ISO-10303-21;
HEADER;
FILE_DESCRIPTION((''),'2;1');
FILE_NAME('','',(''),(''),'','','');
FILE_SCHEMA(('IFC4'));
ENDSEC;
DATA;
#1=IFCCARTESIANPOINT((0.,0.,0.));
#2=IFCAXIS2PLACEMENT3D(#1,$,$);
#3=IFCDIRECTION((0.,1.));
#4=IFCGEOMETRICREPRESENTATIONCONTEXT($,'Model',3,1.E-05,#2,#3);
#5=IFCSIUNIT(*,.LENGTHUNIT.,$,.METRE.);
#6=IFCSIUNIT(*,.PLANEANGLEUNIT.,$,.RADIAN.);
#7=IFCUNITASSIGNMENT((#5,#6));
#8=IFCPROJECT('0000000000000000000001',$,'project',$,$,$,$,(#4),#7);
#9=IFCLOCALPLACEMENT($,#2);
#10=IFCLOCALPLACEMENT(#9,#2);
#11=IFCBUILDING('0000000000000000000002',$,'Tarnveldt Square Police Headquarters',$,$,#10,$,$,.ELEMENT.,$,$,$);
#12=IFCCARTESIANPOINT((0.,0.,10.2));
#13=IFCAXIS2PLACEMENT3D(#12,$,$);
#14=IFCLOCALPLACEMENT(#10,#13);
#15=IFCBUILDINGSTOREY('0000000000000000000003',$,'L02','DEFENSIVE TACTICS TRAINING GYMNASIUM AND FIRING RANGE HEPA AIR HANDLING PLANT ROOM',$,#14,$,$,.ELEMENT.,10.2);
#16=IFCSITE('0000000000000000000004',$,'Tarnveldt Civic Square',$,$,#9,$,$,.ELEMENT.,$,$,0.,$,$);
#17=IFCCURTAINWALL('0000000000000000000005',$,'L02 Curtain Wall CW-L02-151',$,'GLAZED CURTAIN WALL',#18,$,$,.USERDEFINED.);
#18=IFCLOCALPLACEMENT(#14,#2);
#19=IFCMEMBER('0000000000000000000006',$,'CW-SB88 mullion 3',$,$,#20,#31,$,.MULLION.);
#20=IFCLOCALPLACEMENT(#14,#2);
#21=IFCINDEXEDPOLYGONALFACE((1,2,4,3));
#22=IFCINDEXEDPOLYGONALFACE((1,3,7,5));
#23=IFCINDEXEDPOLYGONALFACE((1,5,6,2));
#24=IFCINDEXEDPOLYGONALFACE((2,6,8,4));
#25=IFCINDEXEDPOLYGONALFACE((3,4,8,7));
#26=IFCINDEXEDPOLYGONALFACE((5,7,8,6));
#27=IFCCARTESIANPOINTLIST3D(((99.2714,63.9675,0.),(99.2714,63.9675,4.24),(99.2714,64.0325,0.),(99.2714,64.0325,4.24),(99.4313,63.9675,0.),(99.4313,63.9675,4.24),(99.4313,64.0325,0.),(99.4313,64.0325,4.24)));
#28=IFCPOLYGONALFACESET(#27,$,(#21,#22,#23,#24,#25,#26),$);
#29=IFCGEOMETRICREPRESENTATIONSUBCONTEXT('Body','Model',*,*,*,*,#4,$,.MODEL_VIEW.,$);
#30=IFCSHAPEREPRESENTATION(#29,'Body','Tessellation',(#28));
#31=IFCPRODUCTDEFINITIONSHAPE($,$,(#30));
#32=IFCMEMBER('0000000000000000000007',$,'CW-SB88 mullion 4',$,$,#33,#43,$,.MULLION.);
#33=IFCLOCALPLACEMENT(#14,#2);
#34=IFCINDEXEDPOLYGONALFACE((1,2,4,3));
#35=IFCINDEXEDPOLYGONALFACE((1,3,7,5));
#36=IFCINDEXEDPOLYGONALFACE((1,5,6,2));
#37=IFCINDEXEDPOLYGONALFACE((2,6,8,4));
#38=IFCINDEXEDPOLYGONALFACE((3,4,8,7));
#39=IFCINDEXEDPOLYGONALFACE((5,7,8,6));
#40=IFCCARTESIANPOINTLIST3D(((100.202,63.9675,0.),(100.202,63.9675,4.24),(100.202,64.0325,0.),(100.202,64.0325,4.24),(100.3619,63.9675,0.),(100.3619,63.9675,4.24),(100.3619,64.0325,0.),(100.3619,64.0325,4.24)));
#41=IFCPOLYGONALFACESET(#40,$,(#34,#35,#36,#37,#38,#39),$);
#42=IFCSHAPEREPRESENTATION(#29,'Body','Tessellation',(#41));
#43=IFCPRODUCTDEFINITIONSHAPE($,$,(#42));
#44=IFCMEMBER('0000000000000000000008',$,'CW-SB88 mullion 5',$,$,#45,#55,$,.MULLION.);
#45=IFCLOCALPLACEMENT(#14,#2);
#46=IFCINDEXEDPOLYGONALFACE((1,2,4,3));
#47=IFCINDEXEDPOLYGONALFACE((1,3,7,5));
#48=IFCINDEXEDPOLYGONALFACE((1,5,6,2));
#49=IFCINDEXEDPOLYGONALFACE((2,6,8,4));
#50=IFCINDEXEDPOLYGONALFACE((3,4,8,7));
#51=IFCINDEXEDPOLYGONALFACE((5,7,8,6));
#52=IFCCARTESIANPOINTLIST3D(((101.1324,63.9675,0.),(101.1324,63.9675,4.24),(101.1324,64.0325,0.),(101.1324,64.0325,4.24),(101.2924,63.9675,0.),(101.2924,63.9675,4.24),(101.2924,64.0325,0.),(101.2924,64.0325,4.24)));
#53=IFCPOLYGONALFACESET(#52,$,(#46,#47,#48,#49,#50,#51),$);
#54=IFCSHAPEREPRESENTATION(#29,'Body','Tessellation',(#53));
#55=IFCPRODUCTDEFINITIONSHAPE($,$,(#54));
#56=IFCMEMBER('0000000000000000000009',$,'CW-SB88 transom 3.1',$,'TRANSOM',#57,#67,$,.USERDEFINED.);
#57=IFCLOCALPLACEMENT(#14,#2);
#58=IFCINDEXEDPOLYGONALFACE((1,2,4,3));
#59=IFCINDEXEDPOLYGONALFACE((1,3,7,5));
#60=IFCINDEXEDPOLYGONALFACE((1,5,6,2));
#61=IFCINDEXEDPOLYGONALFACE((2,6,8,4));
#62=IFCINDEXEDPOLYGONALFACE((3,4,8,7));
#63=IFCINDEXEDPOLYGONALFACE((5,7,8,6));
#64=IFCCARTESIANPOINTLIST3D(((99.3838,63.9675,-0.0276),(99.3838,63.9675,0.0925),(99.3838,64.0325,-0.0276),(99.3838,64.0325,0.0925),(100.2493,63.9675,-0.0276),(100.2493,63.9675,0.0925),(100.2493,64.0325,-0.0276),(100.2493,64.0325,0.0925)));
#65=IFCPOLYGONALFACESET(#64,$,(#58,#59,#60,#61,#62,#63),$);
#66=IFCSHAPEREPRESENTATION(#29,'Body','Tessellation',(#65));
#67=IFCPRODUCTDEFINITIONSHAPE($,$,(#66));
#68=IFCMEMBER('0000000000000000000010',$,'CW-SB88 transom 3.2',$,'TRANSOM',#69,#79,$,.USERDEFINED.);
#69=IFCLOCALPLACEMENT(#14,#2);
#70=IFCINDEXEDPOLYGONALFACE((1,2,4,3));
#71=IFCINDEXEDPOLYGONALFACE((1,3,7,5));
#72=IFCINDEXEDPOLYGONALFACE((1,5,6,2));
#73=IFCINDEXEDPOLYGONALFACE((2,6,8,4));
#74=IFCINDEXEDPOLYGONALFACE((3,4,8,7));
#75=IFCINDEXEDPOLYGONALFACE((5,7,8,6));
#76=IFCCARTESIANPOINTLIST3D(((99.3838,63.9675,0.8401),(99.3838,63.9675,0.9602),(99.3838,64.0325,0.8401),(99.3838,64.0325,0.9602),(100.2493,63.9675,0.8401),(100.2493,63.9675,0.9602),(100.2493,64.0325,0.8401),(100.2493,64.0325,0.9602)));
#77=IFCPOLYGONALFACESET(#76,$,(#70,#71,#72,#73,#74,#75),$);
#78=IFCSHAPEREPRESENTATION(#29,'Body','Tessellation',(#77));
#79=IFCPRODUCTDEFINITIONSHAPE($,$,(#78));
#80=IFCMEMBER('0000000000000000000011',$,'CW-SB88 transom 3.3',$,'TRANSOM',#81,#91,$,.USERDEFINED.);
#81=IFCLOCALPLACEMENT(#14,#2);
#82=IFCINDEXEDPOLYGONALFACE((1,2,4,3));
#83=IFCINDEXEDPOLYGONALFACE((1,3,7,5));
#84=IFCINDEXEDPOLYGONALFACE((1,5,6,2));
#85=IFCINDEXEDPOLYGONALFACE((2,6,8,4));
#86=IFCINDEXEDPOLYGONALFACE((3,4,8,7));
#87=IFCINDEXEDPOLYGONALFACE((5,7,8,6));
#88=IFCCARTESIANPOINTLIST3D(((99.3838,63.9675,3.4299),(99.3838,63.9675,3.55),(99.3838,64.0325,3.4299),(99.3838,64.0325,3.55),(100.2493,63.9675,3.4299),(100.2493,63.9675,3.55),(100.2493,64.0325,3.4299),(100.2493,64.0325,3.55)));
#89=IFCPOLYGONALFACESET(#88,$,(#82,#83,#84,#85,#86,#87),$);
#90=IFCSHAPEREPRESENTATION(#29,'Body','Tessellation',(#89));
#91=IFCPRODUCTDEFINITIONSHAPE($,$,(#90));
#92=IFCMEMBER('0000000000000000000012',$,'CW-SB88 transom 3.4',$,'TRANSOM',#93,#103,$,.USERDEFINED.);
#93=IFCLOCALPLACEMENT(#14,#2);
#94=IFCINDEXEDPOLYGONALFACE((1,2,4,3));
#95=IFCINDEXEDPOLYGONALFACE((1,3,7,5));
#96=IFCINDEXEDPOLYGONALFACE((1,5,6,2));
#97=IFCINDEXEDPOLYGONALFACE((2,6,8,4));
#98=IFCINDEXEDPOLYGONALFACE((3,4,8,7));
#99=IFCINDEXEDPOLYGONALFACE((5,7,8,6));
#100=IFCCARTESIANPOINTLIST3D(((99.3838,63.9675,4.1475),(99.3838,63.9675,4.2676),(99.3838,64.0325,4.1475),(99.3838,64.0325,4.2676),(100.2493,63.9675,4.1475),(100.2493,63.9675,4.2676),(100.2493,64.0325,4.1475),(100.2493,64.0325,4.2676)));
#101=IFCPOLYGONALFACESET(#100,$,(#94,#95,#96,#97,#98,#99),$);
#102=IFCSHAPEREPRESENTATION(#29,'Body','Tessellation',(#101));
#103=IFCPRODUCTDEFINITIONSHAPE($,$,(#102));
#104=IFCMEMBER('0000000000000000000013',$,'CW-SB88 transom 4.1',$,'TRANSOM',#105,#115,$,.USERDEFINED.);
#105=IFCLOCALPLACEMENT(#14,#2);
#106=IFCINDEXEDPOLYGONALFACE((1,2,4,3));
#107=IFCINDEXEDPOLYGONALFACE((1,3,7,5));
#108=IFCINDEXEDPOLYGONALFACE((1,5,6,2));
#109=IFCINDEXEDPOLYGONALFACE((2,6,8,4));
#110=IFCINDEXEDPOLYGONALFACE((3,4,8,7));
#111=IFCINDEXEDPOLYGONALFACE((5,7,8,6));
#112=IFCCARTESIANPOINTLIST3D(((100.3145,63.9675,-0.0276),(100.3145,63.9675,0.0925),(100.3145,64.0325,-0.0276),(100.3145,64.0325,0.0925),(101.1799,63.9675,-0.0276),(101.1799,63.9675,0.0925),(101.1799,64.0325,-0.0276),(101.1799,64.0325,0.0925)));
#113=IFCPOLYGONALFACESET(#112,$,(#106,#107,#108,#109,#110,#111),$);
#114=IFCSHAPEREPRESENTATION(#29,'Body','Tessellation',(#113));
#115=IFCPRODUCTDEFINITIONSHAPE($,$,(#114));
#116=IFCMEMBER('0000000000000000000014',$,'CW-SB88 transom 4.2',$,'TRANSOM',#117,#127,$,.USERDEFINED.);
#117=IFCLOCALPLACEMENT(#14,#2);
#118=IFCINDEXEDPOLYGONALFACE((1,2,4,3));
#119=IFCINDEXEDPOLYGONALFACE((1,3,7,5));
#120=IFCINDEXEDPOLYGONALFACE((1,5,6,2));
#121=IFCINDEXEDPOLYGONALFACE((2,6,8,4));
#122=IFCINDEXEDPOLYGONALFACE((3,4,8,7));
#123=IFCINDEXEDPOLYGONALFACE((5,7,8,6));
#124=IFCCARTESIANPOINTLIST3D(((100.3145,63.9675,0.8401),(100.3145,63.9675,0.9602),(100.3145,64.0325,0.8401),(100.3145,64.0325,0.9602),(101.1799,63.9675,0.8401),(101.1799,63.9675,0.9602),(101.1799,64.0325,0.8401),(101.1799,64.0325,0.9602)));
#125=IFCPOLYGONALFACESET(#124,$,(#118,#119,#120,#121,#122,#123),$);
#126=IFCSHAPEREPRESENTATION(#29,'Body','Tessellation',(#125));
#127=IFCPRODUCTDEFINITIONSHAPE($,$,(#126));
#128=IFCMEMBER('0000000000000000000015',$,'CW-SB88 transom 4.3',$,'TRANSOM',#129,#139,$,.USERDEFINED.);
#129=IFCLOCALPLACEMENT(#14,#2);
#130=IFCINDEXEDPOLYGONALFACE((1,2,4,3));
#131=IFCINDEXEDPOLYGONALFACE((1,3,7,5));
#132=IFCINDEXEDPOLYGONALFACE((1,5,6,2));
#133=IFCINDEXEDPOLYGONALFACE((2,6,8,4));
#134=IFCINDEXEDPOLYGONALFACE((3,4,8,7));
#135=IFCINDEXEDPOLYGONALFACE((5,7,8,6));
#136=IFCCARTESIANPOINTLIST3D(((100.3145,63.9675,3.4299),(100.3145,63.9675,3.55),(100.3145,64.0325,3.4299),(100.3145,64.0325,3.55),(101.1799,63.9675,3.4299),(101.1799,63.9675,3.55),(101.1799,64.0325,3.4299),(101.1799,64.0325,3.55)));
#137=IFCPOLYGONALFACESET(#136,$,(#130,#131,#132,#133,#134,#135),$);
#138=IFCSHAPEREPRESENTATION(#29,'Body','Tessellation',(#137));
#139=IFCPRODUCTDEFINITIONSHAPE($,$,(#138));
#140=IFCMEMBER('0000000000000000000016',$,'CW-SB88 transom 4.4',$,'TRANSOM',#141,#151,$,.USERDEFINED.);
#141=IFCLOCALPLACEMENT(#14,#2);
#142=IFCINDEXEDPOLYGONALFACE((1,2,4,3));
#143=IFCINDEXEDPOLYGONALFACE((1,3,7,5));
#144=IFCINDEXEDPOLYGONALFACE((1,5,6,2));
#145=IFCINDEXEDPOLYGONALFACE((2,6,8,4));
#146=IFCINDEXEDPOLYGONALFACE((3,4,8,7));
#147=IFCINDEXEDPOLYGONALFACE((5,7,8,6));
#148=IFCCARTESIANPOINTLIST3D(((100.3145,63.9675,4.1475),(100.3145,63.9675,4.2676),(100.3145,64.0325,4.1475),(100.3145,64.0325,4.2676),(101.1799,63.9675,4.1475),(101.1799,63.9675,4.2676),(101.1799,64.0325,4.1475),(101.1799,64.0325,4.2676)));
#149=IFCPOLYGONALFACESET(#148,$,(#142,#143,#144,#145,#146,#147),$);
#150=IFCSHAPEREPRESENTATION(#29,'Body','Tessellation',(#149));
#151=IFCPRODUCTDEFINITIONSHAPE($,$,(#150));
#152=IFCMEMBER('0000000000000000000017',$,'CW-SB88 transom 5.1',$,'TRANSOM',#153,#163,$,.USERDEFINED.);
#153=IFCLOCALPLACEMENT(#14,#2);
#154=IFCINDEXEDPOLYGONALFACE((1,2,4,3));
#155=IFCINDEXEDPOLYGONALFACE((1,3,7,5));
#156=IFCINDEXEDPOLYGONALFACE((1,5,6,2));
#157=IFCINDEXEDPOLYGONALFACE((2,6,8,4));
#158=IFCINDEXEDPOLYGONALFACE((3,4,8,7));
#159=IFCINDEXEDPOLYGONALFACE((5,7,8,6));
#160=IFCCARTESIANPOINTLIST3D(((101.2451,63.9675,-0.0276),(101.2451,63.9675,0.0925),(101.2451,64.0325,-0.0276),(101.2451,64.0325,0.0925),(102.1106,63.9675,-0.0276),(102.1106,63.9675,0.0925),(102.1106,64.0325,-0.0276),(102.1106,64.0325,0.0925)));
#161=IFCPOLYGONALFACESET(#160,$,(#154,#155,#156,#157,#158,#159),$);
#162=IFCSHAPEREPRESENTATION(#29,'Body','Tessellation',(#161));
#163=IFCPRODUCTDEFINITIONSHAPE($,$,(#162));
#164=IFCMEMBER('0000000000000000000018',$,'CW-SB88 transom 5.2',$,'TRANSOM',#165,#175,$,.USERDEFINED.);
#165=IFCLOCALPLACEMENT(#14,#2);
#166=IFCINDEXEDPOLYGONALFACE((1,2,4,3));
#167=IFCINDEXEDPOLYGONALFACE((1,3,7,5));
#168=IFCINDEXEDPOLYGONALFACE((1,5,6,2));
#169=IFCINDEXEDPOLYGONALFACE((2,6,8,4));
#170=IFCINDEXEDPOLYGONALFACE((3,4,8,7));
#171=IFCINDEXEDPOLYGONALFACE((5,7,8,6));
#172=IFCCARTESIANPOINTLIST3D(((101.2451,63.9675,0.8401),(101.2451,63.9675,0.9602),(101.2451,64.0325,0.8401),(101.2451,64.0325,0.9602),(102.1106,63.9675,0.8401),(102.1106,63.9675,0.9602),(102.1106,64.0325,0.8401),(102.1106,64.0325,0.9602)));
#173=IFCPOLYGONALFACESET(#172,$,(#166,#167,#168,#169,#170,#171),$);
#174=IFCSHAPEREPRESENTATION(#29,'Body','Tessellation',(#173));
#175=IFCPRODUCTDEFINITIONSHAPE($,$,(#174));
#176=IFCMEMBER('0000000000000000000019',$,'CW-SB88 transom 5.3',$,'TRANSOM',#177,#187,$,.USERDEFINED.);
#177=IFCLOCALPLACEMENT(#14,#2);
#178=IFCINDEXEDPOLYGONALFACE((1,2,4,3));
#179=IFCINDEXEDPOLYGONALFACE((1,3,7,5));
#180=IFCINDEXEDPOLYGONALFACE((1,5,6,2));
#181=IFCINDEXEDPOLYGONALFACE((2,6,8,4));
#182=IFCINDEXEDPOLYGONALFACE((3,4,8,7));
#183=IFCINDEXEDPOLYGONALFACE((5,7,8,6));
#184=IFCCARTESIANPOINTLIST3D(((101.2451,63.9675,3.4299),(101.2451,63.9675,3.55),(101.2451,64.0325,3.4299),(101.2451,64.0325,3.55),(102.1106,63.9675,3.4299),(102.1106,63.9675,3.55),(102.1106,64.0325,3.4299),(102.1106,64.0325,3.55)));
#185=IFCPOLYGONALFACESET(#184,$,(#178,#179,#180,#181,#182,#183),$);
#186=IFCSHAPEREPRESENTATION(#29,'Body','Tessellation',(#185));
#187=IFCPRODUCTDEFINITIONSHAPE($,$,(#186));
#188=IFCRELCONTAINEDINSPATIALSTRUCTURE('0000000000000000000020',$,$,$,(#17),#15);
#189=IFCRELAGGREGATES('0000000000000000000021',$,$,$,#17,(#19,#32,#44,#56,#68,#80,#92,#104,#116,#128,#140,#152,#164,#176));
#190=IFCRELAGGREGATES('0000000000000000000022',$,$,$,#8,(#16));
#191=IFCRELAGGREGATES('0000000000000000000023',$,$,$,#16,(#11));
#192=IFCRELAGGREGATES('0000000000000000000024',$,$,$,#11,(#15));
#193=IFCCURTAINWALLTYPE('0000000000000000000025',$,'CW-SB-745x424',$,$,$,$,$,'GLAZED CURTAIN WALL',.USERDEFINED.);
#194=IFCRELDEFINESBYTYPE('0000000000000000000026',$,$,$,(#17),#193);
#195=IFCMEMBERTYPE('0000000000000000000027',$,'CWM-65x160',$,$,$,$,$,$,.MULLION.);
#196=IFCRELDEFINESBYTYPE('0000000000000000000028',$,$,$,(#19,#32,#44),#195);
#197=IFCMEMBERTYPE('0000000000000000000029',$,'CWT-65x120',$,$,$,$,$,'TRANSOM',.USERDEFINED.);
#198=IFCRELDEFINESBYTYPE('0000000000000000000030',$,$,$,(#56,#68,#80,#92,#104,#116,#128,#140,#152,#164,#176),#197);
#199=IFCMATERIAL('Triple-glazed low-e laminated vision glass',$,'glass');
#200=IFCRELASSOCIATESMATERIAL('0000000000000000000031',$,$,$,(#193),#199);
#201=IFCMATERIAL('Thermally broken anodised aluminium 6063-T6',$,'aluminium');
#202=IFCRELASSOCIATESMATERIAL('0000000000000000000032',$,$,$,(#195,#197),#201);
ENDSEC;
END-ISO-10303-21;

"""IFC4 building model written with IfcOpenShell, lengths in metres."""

from ifc_helpers import new_model, si_unit, direction, frame, origin, origin_2d, place, context, subcontext, project, spatial, rectangle, extrude, material, material_profile, profile_set, type_object, element, aggregate, save


model = new_model("IFC4")

# Units and contexts
model_context = context("Model", 3, precision=1e-05, world=origin(), true_north=direction((0.0, 1.0)))
body_context = subcontext(model_context, "Body", "Model", "MODEL_VIEW")
ifc_project = project(units=[si_unit("LENGTHUNIT", "METRE"), si_unit("PLANEANGLEUNIT", "RADIAN")], contexts=[model_context])

# Site, building, storey
site_placement = place(None, origin())
site = spatial("IfcSite", under=ifc_project, at=site_placement, Name="Tarnveldt Civic Square", CompositionType="ELEMENT", RefElevation=0.0)
building_placement = place(site_placement, origin())
building = spatial("IfcBuilding", under=site, at=building_placement, Name="Tarnveldt Square Police Headquarters", CompositionType="ELEMENT")
storey_placement = place(building_placement, frame((0.0, 0.0, 10.2)))
storey = spatial("IfcBuildingStorey", under=building, at=storey_placement, Name="L02", Description="DEFENSIVE TACTICS TRAINING GYMNASIUM AND FIRING RANGE HEPA AIR HANDLING PLANT ROOM", CompositionType="ELEMENT", Elevation=10.2)

# Curtain wall, members
ifc_material_1 = material(Name="Triple-glazed low-e laminated vision glass", Category="glass")
curtain_wall_type = type_object("IfcCurtainWallType", Name="CW-SB-745x424", ElementType="GLAZED CURTAIN WALL", PredefinedType="USERDEFINED", material=ifc_material_1)
curtain_wall_placement = place(storey_placement, origin())
curtain_wall = element("IfcCurtainWall", 1, at=curtain_wall_placement, inside=storey, type_object=curtain_wall_type, Name="L02 Curtain Wall CW-L02-151", ObjectType="GLAZED CURTAIN WALL", PredefinedType="USERDEFINED")
ifc_material_2 = material(Name="Thermally broken anodised aluminium 6063-T6", Category="aluminium")
ifc_material_profile_1 = material_profile(ifc_material_2, rectangle(XDim=0.0649, YDim=0.1599, at=origin_2d()), Name="CW-M65x160")
ifc_profile_set_1 = profile_set([ifc_material_profile_1], Name="Thermally broken anodised aluminium 6063-T6")
member_type_1 = type_object("IfcMemberType", Name="CWM-65x160", PredefinedType="MULLION", material=ifc_profile_set_1)
member_1_placement = place(storey_placement, frame((99.3513, 64.0, 0.0), z_axis=(0.0, 0.0, 1.0), x_axis=(0.0, 1.0, 0.0)))
member_1 = element("IfcMember", 2, at=member_1_placement, type_object=member_type_1, Name="CW-SB88 mullion 3", PredefinedType="MULLION", context=body_context, shape_type="SweptSolid", body=[
    extrude(rectangle(XDim=0.0649, YDim=0.1599, at=origin_2d()), origin(), (0.0, 0.0, 1.0), 4.24),
])
member_2_placement = place(storey_placement, frame((100.282, 64.0, 0.0), z_axis=(0.0, 0.0, 1.0), x_axis=(0.0, 1.0, 0.0)))
member_2 = element("IfcMember", 3, at=member_2_placement, type_object=member_type_1, Name="CW-SB88 mullion 4", PredefinedType="MULLION", context=body_context, shape_type="SweptSolid", body=[
    extrude(rectangle(XDim=0.0649, YDim=0.1599, at=origin_2d()), origin(), (0.0, 0.0, 1.0), 4.24),
])
member_3_placement = place(storey_placement, frame((101.2124, 64.0, 0.0), z_axis=(0.0, 0.0, 1.0), x_axis=(0.0, 1.0, 0.0)))
member_3 = element("IfcMember", 4, at=member_3_placement, type_object=member_type_1, Name="CW-SB88 mullion 5", PredefinedType="MULLION", context=body_context, shape_type="SweptSolid", body=[
    extrude(rectangle(XDim=0.0649, YDim=0.1599, at=origin_2d()), origin(), (0.0, 0.0, 1.0), 4.24),
])
ifc_material_profile_2 = material_profile(ifc_material_2, rectangle(XDim=0.0649, YDim=0.1201, at=origin_2d()), Name="CW-T65x120")
ifc_profile_set_2 = profile_set([ifc_material_profile_2], Name="Thermally broken anodised aluminium 6063-T6")
member_type_2 = type_object("IfcMemberType", Name="CWT-65x120", ElementType="TRANSOM", PredefinedType="USERDEFINED", material=ifc_profile_set_2)
member_4_placement = place(storey_placement, frame((99.3838, 64.0, 0.0325), z_axis=(1.0, 0.0, 0.0), x_axis=(0.0, 1.0, 0.0)))
member_4 = element("IfcMember", 5, at=member_4_placement, type_object=member_type_2, Name="CW-SB88 transom 3.1", ObjectType="TRANSOM", PredefinedType="USERDEFINED", context=body_context, shape_type="SweptSolid", body=[
    extrude(rectangle(XDim=0.0649, YDim=0.1201, at=origin_2d()), origin(), (0.0, 0.0, 1.0), 0.8655),
])
member_5_placement = place(storey_placement, frame((99.3838, 64.0, 0.9001), z_axis=(1.0, 0.0, 0.0), x_axis=(0.0, 1.0, 0.0)))
member_5 = element("IfcMember", 6, at=member_5_placement, type_object=member_type_2, Name="CW-SB88 transom 3.2", ObjectType="TRANSOM", PredefinedType="USERDEFINED", context=body_context, shape_type="SweptSolid", body=[
    extrude(rectangle(XDim=0.0649, YDim=0.1201, at=origin_2d()), origin(), (0.0, 0.0, 1.0), 0.8655),
])
member_6_placement = place(storey_placement, frame((99.3838, 64.0, 3.49), z_axis=(1.0, 0.0, 0.0), x_axis=(0.0, 1.0, 0.0)))
member_6 = element("IfcMember", 7, at=member_6_placement, type_object=member_type_2, Name="CW-SB88 transom 3.3", ObjectType="TRANSOM", PredefinedType="USERDEFINED", context=body_context, shape_type="SweptSolid", body=[
    extrude(rectangle(XDim=0.0649, YDim=0.1201, at=origin_2d()), origin(), (0.0, 0.0, 1.0), 0.8655),
])
member_7_placement = place(storey_placement, frame((99.3838, 64.0, 4.2075), z_axis=(1.0, 0.0, 0.0), x_axis=(0.0, 1.0, 0.0)))
member_7 = element("IfcMember", 8, at=member_7_placement, type_object=member_type_2, Name="CW-SB88 transom 3.4", ObjectType="TRANSOM", PredefinedType="USERDEFINED", context=body_context, shape_type="SweptSolid", body=[
    extrude(rectangle(XDim=0.0649, YDim=0.1201, at=origin_2d()), origin(), (0.0, 0.0, 1.0), 0.8655),
])
member_8_placement = place(storey_placement, frame((100.3145, 64.0, 0.0325), z_axis=(1.0, 0.0, 0.0), x_axis=(0.0, 1.0, 0.0)))
member_8 = element("IfcMember", 9, at=member_8_placement, type_object=member_type_2, Name="CW-SB88 transom 4.1", ObjectType="TRANSOM", PredefinedType="USERDEFINED", context=body_context, shape_type="SweptSolid", body=[
    extrude(rectangle(XDim=0.0649, YDim=0.1201, at=origin_2d()), origin(), (0.0, 0.0, 1.0), 0.8655),
])
member_9_placement = place(storey_placement, frame((100.3145, 64.0, 0.9001), z_axis=(1.0, 0.0, 0.0), x_axis=(0.0, 1.0, 0.0)))
member_9 = element("IfcMember", 10, at=member_9_placement, type_object=member_type_2, Name="CW-SB88 transom 4.2", ObjectType="TRANSOM", PredefinedType="USERDEFINED", context=body_context, shape_type="SweptSolid", body=[
    extrude(rectangle(XDim=0.0649, YDim=0.1201, at=origin_2d()), origin(), (0.0, 0.0, 1.0), 0.8655),
])
member_10_placement = place(storey_placement, frame((100.3145, 64.0, 3.49), z_axis=(1.0, 0.0, 0.0), x_axis=(0.0, 1.0, 0.0)))
member_10 = element("IfcMember", 11, at=member_10_placement, type_object=member_type_2, Name="CW-SB88 transom 4.3", ObjectType="TRANSOM", PredefinedType="USERDEFINED", context=body_context, shape_type="SweptSolid", body=[
    extrude(rectangle(XDim=0.0649, YDim=0.1201, at=origin_2d()), origin(), (0.0, 0.0, 1.0), 0.8655),
])
member_11_placement = place(storey_placement, frame((100.3145, 64.0, 4.2075), z_axis=(1.0, 0.0, 0.0), x_axis=(0.0, 1.0, 0.0)))
member_11 = element("IfcMember", 12, at=member_11_placement, type_object=member_type_2, Name="CW-SB88 transom 4.4", ObjectType="TRANSOM", PredefinedType="USERDEFINED", context=body_context, shape_type="SweptSolid", body=[
    extrude(rectangle(XDim=0.0649, YDim=0.1201, at=origin_2d()), origin(), (0.0, 0.0, 1.0), 0.8655),
])
member_12_placement = place(storey_placement, frame((101.2451, 64.0, 0.0325), z_axis=(1.0, 0.0, 0.0), x_axis=(0.0, 1.0, 0.0)))
member_12 = element("IfcMember", 13, at=member_12_placement, type_object=member_type_2, Name="CW-SB88 transom 5.1", ObjectType="TRANSOM", PredefinedType="USERDEFINED", context=body_context, shape_type="SweptSolid", body=[
    extrude(rectangle(XDim=0.0649, YDim=0.1201, at=origin_2d()), origin(), (0.0, 0.0, 1.0), 0.8655),
])
member_13_placement = place(storey_placement, frame((101.2451, 64.0, 0.9001), z_axis=(1.0, 0.0, 0.0), x_axis=(0.0, 1.0, 0.0)))
member_13 = element("IfcMember", 14, at=member_13_placement, type_object=member_type_2, Name="CW-SB88 transom 5.2", ObjectType="TRANSOM", PredefinedType="USERDEFINED", context=body_context, shape_type="SweptSolid", body=[
    extrude(rectangle(XDim=0.0649, YDim=0.1201, at=origin_2d()), origin(), (0.0, 0.0, 1.0), 0.8655),
])
member_14_placement = place(storey_placement, frame((101.2451, 64.0, 3.49), z_axis=(1.0, 0.0, 0.0), x_axis=(0.0, 1.0, 0.0)))
member_14 = element("IfcMember", 15, at=member_14_placement, type_object=member_type_2, Name="CW-SB88 transom 5.3", ObjectType="TRANSOM", PredefinedType="USERDEFINED", context=body_context, shape_type="SweptSolid", body=[
    extrude(rectangle(XDim=0.0649, YDim=0.1201, at=origin_2d()), origin(), (0.0, 0.0, 1.0), 0.8655),
])
aggregate(curtain_wall, [member_1, member_2, member_3, member_4, member_5, member_6, member_7, member_8, member_9, member_10, member_11, member_12, member_13, member_14])

save(model, "model.ifc")
